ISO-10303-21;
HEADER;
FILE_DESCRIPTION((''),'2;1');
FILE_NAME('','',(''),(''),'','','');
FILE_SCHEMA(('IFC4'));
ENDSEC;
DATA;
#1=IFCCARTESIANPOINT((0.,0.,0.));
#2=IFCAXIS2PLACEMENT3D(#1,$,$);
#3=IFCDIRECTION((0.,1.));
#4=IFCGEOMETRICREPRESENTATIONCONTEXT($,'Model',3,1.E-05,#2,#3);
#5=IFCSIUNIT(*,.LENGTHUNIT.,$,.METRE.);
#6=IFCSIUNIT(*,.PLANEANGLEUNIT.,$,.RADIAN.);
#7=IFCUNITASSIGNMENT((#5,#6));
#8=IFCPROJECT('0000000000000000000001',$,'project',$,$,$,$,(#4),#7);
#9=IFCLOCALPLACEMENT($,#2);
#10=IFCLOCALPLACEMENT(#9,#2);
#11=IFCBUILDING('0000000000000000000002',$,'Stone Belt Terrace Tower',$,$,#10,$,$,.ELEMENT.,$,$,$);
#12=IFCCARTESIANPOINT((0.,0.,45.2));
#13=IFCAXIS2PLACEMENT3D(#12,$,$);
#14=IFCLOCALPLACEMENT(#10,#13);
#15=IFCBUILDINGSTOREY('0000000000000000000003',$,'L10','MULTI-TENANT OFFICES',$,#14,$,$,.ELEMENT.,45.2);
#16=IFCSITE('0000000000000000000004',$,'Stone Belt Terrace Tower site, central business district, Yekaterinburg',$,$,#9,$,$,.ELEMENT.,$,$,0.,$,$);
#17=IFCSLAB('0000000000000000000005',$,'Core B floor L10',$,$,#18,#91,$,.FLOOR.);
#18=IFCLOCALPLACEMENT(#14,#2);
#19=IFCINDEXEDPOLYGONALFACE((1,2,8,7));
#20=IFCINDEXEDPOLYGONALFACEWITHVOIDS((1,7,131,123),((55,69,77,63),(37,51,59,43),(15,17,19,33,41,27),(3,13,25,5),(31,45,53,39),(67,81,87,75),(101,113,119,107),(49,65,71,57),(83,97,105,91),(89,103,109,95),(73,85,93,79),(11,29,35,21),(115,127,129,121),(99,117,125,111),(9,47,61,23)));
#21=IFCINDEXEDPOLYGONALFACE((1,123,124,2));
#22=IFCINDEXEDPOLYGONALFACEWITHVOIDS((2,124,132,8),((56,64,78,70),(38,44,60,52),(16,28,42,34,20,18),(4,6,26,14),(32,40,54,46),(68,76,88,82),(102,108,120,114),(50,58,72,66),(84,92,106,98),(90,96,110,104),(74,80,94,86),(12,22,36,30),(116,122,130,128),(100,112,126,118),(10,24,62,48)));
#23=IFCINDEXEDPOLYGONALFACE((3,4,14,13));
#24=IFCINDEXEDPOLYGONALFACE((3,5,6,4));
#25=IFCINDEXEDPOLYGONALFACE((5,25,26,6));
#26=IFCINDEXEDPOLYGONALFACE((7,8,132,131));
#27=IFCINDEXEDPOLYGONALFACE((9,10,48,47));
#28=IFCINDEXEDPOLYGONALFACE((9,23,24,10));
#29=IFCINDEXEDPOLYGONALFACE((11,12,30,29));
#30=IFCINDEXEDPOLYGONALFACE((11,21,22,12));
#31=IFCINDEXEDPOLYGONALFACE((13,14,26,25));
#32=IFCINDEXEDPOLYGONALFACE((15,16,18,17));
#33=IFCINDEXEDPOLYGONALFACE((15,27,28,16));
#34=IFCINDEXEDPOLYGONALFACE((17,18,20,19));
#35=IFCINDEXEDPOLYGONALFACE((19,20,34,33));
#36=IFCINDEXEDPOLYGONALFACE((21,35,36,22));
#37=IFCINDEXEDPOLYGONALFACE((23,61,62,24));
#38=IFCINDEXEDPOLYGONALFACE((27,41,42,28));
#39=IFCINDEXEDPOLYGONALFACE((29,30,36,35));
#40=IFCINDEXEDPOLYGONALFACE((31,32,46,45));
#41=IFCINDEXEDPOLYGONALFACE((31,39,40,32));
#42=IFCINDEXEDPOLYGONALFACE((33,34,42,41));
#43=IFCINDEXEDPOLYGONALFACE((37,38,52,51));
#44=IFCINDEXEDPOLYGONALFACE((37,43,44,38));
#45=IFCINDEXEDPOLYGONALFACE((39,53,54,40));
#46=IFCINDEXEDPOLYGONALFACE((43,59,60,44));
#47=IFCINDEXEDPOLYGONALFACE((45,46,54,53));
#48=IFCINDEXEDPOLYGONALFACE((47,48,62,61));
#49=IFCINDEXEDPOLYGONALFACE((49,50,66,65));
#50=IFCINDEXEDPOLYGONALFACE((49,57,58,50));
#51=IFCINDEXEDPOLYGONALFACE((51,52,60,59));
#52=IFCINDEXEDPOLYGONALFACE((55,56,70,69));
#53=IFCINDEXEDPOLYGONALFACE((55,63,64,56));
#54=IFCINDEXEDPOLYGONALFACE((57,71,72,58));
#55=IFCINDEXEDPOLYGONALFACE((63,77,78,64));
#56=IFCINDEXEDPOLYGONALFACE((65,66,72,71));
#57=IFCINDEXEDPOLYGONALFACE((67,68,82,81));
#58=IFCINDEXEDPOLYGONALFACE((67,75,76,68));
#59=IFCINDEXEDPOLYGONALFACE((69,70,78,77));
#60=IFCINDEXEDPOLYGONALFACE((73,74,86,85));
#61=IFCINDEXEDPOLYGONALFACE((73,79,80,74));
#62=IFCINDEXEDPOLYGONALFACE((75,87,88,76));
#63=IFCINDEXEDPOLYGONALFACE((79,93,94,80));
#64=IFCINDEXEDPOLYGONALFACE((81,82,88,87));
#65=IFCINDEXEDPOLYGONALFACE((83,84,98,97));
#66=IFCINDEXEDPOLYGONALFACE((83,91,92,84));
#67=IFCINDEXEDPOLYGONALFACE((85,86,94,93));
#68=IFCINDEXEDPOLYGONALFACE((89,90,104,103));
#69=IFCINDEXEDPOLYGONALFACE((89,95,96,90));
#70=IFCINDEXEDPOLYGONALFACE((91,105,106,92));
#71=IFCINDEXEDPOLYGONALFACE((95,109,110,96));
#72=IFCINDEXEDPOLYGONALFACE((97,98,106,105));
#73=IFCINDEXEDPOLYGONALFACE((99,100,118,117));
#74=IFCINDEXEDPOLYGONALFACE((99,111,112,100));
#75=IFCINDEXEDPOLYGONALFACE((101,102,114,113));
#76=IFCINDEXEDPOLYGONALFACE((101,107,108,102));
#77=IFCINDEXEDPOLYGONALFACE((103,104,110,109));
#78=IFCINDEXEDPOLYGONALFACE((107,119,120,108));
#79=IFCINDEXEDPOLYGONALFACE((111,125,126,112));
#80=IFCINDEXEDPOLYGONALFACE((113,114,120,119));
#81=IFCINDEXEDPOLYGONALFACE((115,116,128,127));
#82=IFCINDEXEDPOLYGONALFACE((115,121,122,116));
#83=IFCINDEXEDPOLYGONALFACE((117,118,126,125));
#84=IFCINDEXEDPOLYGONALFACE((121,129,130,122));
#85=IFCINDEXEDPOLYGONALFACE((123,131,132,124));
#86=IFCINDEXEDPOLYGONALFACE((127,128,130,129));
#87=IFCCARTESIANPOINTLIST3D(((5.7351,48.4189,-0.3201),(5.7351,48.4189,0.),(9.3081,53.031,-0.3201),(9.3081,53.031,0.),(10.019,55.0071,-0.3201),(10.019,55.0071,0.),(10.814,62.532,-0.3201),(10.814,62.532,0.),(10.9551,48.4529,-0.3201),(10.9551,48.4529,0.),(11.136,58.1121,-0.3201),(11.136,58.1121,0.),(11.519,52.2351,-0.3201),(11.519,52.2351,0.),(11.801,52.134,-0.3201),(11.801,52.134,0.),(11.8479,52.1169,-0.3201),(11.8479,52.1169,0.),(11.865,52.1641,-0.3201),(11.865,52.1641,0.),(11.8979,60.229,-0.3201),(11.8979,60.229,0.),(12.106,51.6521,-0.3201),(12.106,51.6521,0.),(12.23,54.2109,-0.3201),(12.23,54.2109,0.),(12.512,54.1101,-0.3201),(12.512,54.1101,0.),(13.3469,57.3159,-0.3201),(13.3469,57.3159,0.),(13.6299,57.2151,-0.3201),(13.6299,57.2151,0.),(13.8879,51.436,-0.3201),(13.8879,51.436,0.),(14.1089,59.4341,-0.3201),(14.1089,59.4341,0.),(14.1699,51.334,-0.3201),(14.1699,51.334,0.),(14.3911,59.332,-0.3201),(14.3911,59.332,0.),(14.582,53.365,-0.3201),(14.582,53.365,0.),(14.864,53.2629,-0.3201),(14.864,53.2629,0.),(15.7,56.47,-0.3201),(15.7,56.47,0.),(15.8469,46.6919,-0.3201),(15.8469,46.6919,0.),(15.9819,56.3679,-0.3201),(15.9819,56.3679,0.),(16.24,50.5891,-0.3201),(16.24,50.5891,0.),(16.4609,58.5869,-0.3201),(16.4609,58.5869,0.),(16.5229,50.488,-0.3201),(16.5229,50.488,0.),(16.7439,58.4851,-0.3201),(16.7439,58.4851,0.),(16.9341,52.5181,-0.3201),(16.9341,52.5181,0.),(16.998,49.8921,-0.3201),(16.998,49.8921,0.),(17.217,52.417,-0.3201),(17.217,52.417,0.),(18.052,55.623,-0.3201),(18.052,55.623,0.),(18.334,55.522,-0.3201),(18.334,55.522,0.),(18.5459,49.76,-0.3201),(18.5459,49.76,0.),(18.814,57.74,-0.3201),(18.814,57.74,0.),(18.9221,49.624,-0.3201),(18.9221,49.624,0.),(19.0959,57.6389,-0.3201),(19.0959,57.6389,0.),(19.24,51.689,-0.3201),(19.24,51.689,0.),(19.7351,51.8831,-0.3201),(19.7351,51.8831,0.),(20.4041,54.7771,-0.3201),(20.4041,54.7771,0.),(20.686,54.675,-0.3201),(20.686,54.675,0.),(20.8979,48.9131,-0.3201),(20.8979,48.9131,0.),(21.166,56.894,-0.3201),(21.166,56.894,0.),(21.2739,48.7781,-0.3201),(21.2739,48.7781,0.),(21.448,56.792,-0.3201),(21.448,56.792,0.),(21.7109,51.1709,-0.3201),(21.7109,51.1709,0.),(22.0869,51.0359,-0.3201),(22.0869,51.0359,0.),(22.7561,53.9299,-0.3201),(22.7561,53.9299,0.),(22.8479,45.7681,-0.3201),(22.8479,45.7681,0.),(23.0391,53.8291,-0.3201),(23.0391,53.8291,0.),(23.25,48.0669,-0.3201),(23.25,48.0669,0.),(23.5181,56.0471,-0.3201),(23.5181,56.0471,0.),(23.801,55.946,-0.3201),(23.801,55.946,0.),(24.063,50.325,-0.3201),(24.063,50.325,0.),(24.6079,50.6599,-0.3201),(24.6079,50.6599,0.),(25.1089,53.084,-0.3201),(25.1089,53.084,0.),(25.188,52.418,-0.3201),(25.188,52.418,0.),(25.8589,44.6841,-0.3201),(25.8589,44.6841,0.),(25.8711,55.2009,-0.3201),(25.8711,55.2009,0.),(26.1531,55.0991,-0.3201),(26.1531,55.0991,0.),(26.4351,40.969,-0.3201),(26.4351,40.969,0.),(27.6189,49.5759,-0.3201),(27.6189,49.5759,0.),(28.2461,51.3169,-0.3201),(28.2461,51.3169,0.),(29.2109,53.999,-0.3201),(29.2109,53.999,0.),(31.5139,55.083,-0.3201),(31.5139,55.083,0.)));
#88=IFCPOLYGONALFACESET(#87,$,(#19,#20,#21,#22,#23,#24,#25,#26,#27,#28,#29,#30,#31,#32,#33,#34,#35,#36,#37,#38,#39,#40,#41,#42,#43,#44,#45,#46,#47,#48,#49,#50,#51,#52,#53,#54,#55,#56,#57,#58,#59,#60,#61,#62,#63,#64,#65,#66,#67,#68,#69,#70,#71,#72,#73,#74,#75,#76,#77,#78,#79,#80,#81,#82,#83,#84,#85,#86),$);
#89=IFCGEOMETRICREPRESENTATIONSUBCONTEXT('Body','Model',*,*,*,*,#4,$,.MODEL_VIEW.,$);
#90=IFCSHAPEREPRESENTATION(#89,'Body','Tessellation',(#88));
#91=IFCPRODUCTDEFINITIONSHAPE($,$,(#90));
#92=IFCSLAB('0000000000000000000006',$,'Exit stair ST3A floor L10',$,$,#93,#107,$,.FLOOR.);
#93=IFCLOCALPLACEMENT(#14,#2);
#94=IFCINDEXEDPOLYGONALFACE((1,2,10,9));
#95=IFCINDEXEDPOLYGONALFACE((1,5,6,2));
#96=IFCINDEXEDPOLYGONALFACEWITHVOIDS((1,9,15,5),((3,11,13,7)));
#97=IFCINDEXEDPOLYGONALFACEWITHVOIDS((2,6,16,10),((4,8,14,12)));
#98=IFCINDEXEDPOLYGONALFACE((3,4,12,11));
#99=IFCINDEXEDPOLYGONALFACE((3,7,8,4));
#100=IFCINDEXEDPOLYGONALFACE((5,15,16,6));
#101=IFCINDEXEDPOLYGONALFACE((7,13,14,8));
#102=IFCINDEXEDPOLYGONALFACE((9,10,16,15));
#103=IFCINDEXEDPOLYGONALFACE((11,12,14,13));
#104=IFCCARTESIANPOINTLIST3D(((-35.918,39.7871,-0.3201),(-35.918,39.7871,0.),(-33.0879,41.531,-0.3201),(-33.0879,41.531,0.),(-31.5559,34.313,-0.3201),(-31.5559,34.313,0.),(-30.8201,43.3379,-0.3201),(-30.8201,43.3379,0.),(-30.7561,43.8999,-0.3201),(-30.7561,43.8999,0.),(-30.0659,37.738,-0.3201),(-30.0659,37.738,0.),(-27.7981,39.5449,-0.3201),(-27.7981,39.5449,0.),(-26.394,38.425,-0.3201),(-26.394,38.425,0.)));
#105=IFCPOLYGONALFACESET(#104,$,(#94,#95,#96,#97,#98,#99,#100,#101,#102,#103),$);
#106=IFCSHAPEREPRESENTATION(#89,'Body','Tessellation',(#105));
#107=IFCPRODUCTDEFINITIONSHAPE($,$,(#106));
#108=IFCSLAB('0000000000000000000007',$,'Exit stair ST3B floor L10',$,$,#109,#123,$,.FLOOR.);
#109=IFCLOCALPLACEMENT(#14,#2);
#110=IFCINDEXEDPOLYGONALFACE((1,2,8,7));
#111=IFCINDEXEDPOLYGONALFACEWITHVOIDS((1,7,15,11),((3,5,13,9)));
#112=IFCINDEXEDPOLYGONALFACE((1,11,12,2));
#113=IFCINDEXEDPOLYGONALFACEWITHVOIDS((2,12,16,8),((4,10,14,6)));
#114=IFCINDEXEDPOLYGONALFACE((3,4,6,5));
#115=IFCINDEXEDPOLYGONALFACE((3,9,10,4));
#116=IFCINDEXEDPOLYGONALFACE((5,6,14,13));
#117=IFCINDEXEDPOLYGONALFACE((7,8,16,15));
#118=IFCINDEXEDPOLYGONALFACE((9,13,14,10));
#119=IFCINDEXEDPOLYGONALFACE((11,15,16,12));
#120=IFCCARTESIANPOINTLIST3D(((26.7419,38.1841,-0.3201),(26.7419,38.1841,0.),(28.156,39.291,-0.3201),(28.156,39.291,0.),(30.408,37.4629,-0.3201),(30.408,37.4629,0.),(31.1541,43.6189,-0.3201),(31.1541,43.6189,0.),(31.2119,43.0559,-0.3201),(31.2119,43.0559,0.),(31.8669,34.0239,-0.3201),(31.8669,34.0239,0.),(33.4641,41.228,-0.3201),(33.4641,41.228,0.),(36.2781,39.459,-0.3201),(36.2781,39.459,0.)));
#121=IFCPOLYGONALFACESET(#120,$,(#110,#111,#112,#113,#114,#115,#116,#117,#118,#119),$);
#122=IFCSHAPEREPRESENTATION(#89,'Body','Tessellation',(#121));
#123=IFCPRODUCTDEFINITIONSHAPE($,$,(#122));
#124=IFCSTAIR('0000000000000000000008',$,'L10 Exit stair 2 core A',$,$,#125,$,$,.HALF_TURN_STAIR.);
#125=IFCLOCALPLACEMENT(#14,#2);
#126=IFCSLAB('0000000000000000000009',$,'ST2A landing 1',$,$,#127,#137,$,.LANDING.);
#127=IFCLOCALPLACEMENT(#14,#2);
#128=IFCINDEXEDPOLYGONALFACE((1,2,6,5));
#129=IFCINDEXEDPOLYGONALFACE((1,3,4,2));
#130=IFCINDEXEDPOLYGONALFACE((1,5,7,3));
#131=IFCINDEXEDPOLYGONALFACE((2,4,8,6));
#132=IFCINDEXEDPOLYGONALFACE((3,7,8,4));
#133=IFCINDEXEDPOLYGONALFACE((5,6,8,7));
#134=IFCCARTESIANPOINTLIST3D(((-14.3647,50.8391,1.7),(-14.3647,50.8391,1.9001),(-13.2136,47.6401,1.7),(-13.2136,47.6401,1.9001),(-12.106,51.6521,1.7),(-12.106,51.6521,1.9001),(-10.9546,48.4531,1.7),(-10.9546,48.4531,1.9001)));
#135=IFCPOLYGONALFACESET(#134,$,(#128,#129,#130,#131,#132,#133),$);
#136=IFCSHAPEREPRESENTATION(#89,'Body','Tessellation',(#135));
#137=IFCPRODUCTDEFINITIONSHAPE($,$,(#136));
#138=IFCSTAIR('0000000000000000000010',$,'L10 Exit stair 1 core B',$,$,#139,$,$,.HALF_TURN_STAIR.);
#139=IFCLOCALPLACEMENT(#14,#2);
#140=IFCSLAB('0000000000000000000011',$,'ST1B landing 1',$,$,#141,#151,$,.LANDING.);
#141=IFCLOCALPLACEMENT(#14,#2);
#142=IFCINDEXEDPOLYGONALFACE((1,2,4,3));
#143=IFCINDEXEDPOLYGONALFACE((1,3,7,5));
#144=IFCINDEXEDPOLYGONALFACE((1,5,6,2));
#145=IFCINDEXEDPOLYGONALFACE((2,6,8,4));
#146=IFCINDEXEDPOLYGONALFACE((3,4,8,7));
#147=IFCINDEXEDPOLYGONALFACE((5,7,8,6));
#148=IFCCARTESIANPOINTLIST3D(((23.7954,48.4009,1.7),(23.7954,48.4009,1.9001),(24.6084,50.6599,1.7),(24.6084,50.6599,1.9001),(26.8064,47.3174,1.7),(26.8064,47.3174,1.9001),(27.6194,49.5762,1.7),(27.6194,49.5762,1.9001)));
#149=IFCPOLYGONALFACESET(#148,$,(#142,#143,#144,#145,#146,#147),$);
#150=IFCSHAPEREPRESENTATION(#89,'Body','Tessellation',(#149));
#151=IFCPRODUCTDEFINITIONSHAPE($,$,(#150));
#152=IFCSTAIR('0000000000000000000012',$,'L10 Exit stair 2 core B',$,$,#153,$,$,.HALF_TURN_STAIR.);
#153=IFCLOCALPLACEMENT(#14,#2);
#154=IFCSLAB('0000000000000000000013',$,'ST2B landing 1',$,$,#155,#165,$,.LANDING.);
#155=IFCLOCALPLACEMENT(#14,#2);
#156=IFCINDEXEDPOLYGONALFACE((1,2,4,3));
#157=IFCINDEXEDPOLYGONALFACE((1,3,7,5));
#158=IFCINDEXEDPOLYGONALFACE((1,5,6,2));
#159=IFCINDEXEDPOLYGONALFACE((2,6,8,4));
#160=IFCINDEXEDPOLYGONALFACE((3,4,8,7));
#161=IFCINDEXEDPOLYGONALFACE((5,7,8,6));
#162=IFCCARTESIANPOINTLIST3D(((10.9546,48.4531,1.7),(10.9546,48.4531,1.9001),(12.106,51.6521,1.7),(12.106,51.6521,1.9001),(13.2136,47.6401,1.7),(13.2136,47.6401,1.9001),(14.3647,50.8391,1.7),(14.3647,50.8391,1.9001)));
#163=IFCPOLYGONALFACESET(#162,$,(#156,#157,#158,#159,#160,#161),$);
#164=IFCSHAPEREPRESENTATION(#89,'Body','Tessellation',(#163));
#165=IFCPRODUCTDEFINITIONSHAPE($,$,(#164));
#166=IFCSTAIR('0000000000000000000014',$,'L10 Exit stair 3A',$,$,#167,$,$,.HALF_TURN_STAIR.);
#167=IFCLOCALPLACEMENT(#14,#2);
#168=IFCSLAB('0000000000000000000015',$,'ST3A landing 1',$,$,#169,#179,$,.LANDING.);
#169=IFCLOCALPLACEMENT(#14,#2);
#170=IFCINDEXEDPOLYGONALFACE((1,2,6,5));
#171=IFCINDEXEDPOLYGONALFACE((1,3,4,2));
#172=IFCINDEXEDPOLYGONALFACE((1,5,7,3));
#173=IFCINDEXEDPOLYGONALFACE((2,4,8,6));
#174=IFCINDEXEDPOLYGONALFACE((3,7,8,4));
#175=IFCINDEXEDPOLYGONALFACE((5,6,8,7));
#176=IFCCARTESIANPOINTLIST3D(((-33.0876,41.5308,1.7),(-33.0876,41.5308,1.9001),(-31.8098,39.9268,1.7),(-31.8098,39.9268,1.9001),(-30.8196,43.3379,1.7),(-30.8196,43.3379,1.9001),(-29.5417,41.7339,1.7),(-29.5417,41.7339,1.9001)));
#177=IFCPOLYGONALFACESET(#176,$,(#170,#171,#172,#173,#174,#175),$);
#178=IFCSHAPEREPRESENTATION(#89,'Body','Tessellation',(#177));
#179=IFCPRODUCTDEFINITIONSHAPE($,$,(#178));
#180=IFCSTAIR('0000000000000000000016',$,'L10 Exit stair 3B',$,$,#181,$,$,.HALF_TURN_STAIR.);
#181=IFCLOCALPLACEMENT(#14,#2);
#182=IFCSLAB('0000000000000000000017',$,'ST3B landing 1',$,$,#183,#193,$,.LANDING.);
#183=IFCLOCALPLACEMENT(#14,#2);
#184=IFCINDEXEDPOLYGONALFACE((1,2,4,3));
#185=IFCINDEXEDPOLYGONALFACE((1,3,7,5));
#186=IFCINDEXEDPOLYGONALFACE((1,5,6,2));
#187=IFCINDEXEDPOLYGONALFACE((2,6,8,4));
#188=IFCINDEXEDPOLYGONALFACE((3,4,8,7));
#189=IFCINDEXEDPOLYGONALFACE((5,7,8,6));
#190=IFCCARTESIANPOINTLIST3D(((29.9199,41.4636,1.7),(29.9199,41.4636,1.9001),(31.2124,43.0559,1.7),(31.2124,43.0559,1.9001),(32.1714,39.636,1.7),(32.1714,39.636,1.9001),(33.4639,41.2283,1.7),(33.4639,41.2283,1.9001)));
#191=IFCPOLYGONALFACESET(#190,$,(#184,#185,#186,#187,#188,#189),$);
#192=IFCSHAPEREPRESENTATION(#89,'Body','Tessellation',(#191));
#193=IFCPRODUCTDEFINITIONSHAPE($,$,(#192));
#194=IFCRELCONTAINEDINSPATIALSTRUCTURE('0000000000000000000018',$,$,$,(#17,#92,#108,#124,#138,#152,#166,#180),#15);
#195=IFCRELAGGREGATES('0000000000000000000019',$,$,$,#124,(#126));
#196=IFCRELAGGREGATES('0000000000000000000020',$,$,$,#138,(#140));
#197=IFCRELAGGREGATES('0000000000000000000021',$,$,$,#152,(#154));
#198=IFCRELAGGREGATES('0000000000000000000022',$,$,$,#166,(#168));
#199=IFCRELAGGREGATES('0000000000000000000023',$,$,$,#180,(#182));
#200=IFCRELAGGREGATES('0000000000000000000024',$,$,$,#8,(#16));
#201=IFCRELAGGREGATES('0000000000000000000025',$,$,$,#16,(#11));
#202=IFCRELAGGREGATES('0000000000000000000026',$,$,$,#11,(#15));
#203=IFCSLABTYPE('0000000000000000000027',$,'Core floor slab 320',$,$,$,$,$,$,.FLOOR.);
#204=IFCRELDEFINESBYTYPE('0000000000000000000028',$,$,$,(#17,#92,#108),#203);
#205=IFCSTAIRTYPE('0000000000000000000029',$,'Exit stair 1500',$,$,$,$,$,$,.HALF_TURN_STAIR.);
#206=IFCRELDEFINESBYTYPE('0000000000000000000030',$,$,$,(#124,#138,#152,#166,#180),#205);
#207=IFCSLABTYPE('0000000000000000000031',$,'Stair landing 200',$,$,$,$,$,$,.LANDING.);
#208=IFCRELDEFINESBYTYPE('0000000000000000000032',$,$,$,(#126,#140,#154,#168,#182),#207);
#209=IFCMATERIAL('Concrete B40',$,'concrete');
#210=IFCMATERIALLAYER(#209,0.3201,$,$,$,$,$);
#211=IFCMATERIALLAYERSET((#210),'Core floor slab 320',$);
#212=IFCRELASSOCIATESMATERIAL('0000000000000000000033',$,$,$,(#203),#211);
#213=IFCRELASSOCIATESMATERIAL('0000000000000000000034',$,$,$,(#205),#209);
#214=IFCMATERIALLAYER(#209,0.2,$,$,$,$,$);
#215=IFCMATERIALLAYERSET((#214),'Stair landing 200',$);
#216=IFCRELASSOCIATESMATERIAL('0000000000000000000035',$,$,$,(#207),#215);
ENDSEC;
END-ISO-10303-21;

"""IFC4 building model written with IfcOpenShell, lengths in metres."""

from ifc_helpers import new_model, si_unit, direction, frame, origin, place, context, subcontext, project, spatial, polyline, outline, extrude, material, layer, layer_set, type_object, element, aggregate, save


model = new_model("IFC4")

# Units and contexts
model_context = context("Model", 3, precision=1e-05, world=origin(), true_north=direction((0.0, 1.0)))
body_context = subcontext(model_context, "Body", "Model", "MODEL_VIEW")
ifc_project = project(units=[si_unit("LENGTHUNIT", "METRE"), si_unit("PLANEANGLEUNIT", "RADIAN")], contexts=[model_context])

# Site, building, storey
site_placement = place(None, origin())
site = spatial("IfcSite", under=ifc_project, at=site_placement, Name="Stone Belt Terrace Tower site, central business district, Yekaterinburg", CompositionType="ELEMENT", RefElevation=0.0)
building_placement = place(site_placement, origin())
building = spatial("IfcBuilding", under=site, at=building_placement, Name="Stone Belt Terrace Tower", CompositionType="ELEMENT")
storey_placement = place(building_placement, frame((0.0, 0.0, 45.2)))
storey = spatial("IfcBuildingStorey", under=building, at=storey_placement, Name="L10", Description="MULTI-TENANT OFFICES", CompositionType="ELEMENT", Elevation=45.2)

# Slabs
ifc_material_1 = material(Name="Concrete B40", Category="concrete")
ifc_layer_1 = layer(ifc_material_1, 0.3201)
ifc_layer_set_1 = layer_set([ifc_layer_1], Name="Core floor slab 320")
slab_type_1 = type_object("IfcSlabType", Name="Core floor slab 320", PredefinedType="FLOOR", material=ifc_layer_set_1)
slab_1_placement = place(storey_placement, frame((0.0, 0.0, -0.3201)))
element("IfcSlab", 1, at=slab_1_placement, inside=storey, type_object=slab_type_1, Name="Core B floor L10", PredefinedType="FLOOR", context=body_context, shape_type="SweptSolid", body=[
    extrude(outline(polyline([(26.4351, 40.969), (31.5139, 55.083), (10.814, 62.532), (5.7351, 48.4189), (26.4351, 40.969)]), holes=[polyline([(12.106, 51.6521), (16.998, 49.8921), (15.8469, 46.6919), (10.9551, 48.4529), (12.106, 51.6521)]), polyline([(19.24, 51.689), (18.5459, 49.76), (16.5229, 50.488), (17.217, 52.417), (19.24, 51.689)]), polyline([(16.24, 50.5891), (14.1699, 51.334), (14.864, 53.2629), (16.9341, 52.5181), (16.24, 50.5891)]), polyline([(14.582, 53.365), (13.8879, 51.436), (11.865, 52.1641), (11.8479, 52.1169), (11.801, 52.134), (12.512, 54.1101), (14.582, 53.365)]), polyline([(9.3081, 53.031), (10.019, 55.0071), (12.23, 54.2109), (11.519, 52.2351), (9.3081, 53.031)]), polyline([(16.7439, 58.4851), (18.814, 57.74), (18.052, 55.623), (15.9819, 56.3679), (16.7439, 58.4851)]), polyline([(14.3911, 59.332), (16.4609, 58.5869), (15.7, 56.47), (13.6299, 57.2151), (14.3911, 59.332)]), polyline([(11.8979, 60.229), (14.1089, 59.4341), (13.3469, 57.3159), (11.136, 58.1121), (11.8979, 60.229)]), polyline([(25.8589, 44.6841), (22.8479, 45.7681), (24.6079, 50.6599), (27.6189, 49.5759), (25.8589, 44.6841)]), polyline([(21.2739, 48.7781), (22.0869, 51.0359), (24.063, 50.325), (23.25, 48.0669), (21.2739, 48.7781)]), polyline([(18.9221, 49.624), (19.7351, 51.8831), (21.7109, 51.1709), (20.8979, 48.9131), (18.9221, 49.624)]), polyline([(29.2109, 53.999), (28.2461, 51.3169), (25.188, 52.418), (26.1531, 55.0991), (29.2109, 53.999)]), polyline([(23.801, 55.946), (25.8711, 55.2009), (25.1089, 53.084), (23.0391, 53.8291), (23.801, 55.946)]), polyline([(21.448, 56.792), (23.5181, 56.0471), (22.7561, 53.9299), (20.686, 54.675), (21.448, 56.792)]), polyline([(19.0959, 57.6389), (21.166, 56.894), (20.4041, 54.7771), (18.334, 55.522), (19.0959, 57.6389)])]), origin(), (0.0, 0.0, 1.0), 0.3201),
])
slab_2_placement = place(storey_placement, frame((0.0, 0.0, -0.3201)))
element("IfcSlab", 2, at=slab_2_placement, inside=storey, type_object=slab_type_1, Name="Exit stair ST3A floor L10", PredefinedType="FLOOR", context=body_context, shape_type="SweptSolid", body=[
    extrude(outline(polyline([(-26.394, 38.425), (-30.7561, 43.8999), (-35.918, 39.7871), (-31.5559, 34.313), (-26.394, 38.425)]), holes=[polyline([(-27.7981, 39.5449), (-30.0659, 37.738), (-33.0879, 41.531), (-30.8201, 43.3379), (-27.7981, 39.5449)])]), origin(), (0.0, 0.0, 1.0), 0.3201),
])
slab_3_placement = place(storey_placement, frame((0.0, 0.0, -0.3201)))
element("IfcSlab", 3, at=slab_3_placement, inside=storey, type_object=slab_type_1, Name="Exit stair ST3B floor L10", PredefinedType="FLOOR", context=body_context, shape_type="SweptSolid", body=[
    extrude(outline(polyline([(26.7419, 38.1841), (31.8669, 34.0239), (36.2781, 39.459), (31.1541, 43.6189), (26.7419, 38.1841)]), holes=[polyline([(30.408, 37.4629), (28.156, 39.291), (31.2119, 43.0559), (33.4641, 41.228), (30.408, 37.4629)])]), origin(), (0.0, 0.0, 1.0), 0.3201),
])

# Stairs, slabs
stair_type = type_object("IfcStairType", Name="Exit stair 1500", PredefinedType="HALF_TURN_STAIR", material=ifc_material_1)
stair_1_placement = place(storey_placement, origin())
stair_1 = element("IfcStair", 4, at=stair_1_placement, inside=storey, type_object=stair_type, Name="L10 Exit stair 2 core A", PredefinedType="HALF_TURN_STAIR")
ifc_layer_2 = layer(ifc_material_1, 0.2)
ifc_layer_set_2 = layer_set([ifc_layer_2], Name="Stair landing 200")
slab_type_2 = type_object("IfcSlabType", Name="Stair landing 200", PredefinedType="LANDING", material=ifc_layer_set_2)
slab_4_placement = place(storey_placement, frame((0.0, 0.0, 1.7)))
slab_4 = element("IfcSlab", 5, at=slab_4_placement, type_object=slab_type_2, Name="ST2A landing 1", PredefinedType="LANDING", context=body_context, shape_type="SweptSolid", body=[
    extrude(outline(polyline([(-13.2136, 47.6401), (-10.9546, 48.4531), (-12.106, 51.6521), (-14.3647, 50.8391), (-13.2136, 47.6401)])), origin(), (0.0, 0.0, 1.0), 0.2002),
])
aggregate(stair_1, [slab_4])
stair_2_placement = place(storey_placement, origin())
stair_2 = element("IfcStair", 6, at=stair_2_placement, inside=storey, type_object=stair_type, Name="L10 Exit stair 1 core B", PredefinedType="HALF_TURN_STAIR")
slab_5_placement = place(storey_placement, frame((0.0, 0.0, 1.7)))
slab_5 = element("IfcSlab", 7, at=slab_5_placement, type_object=slab_type_2, Name="ST1B landing 1", PredefinedType="LANDING", context=body_context, shape_type="SweptSolid", body=[
    extrude(outline(polyline([(26.8064, 47.3174), (27.6194, 49.5762), (24.6084, 50.6599), (23.7954, 48.4009), (26.8064, 47.3174)])), origin(), (0.0, 0.0, 1.0), 0.2002),
])
aggregate(stair_2, [slab_5])
stair_3_placement = place(storey_placement, origin())
stair_3 = element("IfcStair", 8, at=stair_3_placement, inside=storey, type_object=stair_type, Name="L10 Exit stair 2 core B", PredefinedType="HALF_TURN_STAIR")
slab_6_placement = place(storey_placement, frame((0.0, 0.0, 1.7)))
slab_6 = element("IfcSlab", 9, at=slab_6_placement, type_object=slab_type_2, Name="ST2B landing 1", PredefinedType="LANDING", context=body_context, shape_type="SweptSolid", body=[
    extrude(outline(polyline([(14.3647, 50.8391), (12.106, 51.6521), (10.9546, 48.4531), (13.2136, 47.6401), (14.3647, 50.8391)])), origin(), (0.0, 0.0, 1.0), 0.2002),
])
aggregate(stair_3, [slab_6])
stair_4_placement = place(storey_placement, origin())
stair_4 = element("IfcStair", 10, at=stair_4_placement, inside=storey, type_object=stair_type, Name="L10 Exit stair 3A", PredefinedType="HALF_TURN_STAIR")
slab_7_placement = place(storey_placement, frame((0.0, 0.0, 1.7)))
slab_7 = element("IfcSlab", 11, at=slab_7_placement, type_object=slab_type_2, Name="ST3A landing 1", PredefinedType="LANDING", context=body_context, shape_type="SweptSolid", body=[
    extrude(outline(polyline([(-29.5417, 41.7339), (-30.8196, 43.3379), (-33.0876, 41.5308), (-31.8098, 39.9268), (-29.5417, 41.7339)])), origin(), (0.0, 0.0, 1.0), 0.2002),
])
aggregate(stair_4, [slab_7])
stair_5_placement = place(storey_placement, origin())
stair_5 = element("IfcStair", 12, at=stair_5_placement, inside=storey, type_object=stair_type, Name="L10 Exit stair 3B", PredefinedType="HALF_TURN_STAIR")
slab_8_placement = place(storey_placement, frame((0.0, 0.0, 1.7)))
slab_8 = element("IfcSlab", 13, at=slab_8_placement, type_object=slab_type_2, Name="ST3B landing 1", PredefinedType="LANDING", context=body_context, shape_type="SweptSolid", body=[
    extrude(outline(polyline([(32.1714, 39.636), (33.4639, 41.2283), (31.2124, 43.0559), (29.9199, 41.4636), (32.1714, 39.636)])), origin(), (0.0, 0.0, 1.0), 0.2002),
])
aggregate(stair_5, [slab_8])

save(model, "model.ifc")
